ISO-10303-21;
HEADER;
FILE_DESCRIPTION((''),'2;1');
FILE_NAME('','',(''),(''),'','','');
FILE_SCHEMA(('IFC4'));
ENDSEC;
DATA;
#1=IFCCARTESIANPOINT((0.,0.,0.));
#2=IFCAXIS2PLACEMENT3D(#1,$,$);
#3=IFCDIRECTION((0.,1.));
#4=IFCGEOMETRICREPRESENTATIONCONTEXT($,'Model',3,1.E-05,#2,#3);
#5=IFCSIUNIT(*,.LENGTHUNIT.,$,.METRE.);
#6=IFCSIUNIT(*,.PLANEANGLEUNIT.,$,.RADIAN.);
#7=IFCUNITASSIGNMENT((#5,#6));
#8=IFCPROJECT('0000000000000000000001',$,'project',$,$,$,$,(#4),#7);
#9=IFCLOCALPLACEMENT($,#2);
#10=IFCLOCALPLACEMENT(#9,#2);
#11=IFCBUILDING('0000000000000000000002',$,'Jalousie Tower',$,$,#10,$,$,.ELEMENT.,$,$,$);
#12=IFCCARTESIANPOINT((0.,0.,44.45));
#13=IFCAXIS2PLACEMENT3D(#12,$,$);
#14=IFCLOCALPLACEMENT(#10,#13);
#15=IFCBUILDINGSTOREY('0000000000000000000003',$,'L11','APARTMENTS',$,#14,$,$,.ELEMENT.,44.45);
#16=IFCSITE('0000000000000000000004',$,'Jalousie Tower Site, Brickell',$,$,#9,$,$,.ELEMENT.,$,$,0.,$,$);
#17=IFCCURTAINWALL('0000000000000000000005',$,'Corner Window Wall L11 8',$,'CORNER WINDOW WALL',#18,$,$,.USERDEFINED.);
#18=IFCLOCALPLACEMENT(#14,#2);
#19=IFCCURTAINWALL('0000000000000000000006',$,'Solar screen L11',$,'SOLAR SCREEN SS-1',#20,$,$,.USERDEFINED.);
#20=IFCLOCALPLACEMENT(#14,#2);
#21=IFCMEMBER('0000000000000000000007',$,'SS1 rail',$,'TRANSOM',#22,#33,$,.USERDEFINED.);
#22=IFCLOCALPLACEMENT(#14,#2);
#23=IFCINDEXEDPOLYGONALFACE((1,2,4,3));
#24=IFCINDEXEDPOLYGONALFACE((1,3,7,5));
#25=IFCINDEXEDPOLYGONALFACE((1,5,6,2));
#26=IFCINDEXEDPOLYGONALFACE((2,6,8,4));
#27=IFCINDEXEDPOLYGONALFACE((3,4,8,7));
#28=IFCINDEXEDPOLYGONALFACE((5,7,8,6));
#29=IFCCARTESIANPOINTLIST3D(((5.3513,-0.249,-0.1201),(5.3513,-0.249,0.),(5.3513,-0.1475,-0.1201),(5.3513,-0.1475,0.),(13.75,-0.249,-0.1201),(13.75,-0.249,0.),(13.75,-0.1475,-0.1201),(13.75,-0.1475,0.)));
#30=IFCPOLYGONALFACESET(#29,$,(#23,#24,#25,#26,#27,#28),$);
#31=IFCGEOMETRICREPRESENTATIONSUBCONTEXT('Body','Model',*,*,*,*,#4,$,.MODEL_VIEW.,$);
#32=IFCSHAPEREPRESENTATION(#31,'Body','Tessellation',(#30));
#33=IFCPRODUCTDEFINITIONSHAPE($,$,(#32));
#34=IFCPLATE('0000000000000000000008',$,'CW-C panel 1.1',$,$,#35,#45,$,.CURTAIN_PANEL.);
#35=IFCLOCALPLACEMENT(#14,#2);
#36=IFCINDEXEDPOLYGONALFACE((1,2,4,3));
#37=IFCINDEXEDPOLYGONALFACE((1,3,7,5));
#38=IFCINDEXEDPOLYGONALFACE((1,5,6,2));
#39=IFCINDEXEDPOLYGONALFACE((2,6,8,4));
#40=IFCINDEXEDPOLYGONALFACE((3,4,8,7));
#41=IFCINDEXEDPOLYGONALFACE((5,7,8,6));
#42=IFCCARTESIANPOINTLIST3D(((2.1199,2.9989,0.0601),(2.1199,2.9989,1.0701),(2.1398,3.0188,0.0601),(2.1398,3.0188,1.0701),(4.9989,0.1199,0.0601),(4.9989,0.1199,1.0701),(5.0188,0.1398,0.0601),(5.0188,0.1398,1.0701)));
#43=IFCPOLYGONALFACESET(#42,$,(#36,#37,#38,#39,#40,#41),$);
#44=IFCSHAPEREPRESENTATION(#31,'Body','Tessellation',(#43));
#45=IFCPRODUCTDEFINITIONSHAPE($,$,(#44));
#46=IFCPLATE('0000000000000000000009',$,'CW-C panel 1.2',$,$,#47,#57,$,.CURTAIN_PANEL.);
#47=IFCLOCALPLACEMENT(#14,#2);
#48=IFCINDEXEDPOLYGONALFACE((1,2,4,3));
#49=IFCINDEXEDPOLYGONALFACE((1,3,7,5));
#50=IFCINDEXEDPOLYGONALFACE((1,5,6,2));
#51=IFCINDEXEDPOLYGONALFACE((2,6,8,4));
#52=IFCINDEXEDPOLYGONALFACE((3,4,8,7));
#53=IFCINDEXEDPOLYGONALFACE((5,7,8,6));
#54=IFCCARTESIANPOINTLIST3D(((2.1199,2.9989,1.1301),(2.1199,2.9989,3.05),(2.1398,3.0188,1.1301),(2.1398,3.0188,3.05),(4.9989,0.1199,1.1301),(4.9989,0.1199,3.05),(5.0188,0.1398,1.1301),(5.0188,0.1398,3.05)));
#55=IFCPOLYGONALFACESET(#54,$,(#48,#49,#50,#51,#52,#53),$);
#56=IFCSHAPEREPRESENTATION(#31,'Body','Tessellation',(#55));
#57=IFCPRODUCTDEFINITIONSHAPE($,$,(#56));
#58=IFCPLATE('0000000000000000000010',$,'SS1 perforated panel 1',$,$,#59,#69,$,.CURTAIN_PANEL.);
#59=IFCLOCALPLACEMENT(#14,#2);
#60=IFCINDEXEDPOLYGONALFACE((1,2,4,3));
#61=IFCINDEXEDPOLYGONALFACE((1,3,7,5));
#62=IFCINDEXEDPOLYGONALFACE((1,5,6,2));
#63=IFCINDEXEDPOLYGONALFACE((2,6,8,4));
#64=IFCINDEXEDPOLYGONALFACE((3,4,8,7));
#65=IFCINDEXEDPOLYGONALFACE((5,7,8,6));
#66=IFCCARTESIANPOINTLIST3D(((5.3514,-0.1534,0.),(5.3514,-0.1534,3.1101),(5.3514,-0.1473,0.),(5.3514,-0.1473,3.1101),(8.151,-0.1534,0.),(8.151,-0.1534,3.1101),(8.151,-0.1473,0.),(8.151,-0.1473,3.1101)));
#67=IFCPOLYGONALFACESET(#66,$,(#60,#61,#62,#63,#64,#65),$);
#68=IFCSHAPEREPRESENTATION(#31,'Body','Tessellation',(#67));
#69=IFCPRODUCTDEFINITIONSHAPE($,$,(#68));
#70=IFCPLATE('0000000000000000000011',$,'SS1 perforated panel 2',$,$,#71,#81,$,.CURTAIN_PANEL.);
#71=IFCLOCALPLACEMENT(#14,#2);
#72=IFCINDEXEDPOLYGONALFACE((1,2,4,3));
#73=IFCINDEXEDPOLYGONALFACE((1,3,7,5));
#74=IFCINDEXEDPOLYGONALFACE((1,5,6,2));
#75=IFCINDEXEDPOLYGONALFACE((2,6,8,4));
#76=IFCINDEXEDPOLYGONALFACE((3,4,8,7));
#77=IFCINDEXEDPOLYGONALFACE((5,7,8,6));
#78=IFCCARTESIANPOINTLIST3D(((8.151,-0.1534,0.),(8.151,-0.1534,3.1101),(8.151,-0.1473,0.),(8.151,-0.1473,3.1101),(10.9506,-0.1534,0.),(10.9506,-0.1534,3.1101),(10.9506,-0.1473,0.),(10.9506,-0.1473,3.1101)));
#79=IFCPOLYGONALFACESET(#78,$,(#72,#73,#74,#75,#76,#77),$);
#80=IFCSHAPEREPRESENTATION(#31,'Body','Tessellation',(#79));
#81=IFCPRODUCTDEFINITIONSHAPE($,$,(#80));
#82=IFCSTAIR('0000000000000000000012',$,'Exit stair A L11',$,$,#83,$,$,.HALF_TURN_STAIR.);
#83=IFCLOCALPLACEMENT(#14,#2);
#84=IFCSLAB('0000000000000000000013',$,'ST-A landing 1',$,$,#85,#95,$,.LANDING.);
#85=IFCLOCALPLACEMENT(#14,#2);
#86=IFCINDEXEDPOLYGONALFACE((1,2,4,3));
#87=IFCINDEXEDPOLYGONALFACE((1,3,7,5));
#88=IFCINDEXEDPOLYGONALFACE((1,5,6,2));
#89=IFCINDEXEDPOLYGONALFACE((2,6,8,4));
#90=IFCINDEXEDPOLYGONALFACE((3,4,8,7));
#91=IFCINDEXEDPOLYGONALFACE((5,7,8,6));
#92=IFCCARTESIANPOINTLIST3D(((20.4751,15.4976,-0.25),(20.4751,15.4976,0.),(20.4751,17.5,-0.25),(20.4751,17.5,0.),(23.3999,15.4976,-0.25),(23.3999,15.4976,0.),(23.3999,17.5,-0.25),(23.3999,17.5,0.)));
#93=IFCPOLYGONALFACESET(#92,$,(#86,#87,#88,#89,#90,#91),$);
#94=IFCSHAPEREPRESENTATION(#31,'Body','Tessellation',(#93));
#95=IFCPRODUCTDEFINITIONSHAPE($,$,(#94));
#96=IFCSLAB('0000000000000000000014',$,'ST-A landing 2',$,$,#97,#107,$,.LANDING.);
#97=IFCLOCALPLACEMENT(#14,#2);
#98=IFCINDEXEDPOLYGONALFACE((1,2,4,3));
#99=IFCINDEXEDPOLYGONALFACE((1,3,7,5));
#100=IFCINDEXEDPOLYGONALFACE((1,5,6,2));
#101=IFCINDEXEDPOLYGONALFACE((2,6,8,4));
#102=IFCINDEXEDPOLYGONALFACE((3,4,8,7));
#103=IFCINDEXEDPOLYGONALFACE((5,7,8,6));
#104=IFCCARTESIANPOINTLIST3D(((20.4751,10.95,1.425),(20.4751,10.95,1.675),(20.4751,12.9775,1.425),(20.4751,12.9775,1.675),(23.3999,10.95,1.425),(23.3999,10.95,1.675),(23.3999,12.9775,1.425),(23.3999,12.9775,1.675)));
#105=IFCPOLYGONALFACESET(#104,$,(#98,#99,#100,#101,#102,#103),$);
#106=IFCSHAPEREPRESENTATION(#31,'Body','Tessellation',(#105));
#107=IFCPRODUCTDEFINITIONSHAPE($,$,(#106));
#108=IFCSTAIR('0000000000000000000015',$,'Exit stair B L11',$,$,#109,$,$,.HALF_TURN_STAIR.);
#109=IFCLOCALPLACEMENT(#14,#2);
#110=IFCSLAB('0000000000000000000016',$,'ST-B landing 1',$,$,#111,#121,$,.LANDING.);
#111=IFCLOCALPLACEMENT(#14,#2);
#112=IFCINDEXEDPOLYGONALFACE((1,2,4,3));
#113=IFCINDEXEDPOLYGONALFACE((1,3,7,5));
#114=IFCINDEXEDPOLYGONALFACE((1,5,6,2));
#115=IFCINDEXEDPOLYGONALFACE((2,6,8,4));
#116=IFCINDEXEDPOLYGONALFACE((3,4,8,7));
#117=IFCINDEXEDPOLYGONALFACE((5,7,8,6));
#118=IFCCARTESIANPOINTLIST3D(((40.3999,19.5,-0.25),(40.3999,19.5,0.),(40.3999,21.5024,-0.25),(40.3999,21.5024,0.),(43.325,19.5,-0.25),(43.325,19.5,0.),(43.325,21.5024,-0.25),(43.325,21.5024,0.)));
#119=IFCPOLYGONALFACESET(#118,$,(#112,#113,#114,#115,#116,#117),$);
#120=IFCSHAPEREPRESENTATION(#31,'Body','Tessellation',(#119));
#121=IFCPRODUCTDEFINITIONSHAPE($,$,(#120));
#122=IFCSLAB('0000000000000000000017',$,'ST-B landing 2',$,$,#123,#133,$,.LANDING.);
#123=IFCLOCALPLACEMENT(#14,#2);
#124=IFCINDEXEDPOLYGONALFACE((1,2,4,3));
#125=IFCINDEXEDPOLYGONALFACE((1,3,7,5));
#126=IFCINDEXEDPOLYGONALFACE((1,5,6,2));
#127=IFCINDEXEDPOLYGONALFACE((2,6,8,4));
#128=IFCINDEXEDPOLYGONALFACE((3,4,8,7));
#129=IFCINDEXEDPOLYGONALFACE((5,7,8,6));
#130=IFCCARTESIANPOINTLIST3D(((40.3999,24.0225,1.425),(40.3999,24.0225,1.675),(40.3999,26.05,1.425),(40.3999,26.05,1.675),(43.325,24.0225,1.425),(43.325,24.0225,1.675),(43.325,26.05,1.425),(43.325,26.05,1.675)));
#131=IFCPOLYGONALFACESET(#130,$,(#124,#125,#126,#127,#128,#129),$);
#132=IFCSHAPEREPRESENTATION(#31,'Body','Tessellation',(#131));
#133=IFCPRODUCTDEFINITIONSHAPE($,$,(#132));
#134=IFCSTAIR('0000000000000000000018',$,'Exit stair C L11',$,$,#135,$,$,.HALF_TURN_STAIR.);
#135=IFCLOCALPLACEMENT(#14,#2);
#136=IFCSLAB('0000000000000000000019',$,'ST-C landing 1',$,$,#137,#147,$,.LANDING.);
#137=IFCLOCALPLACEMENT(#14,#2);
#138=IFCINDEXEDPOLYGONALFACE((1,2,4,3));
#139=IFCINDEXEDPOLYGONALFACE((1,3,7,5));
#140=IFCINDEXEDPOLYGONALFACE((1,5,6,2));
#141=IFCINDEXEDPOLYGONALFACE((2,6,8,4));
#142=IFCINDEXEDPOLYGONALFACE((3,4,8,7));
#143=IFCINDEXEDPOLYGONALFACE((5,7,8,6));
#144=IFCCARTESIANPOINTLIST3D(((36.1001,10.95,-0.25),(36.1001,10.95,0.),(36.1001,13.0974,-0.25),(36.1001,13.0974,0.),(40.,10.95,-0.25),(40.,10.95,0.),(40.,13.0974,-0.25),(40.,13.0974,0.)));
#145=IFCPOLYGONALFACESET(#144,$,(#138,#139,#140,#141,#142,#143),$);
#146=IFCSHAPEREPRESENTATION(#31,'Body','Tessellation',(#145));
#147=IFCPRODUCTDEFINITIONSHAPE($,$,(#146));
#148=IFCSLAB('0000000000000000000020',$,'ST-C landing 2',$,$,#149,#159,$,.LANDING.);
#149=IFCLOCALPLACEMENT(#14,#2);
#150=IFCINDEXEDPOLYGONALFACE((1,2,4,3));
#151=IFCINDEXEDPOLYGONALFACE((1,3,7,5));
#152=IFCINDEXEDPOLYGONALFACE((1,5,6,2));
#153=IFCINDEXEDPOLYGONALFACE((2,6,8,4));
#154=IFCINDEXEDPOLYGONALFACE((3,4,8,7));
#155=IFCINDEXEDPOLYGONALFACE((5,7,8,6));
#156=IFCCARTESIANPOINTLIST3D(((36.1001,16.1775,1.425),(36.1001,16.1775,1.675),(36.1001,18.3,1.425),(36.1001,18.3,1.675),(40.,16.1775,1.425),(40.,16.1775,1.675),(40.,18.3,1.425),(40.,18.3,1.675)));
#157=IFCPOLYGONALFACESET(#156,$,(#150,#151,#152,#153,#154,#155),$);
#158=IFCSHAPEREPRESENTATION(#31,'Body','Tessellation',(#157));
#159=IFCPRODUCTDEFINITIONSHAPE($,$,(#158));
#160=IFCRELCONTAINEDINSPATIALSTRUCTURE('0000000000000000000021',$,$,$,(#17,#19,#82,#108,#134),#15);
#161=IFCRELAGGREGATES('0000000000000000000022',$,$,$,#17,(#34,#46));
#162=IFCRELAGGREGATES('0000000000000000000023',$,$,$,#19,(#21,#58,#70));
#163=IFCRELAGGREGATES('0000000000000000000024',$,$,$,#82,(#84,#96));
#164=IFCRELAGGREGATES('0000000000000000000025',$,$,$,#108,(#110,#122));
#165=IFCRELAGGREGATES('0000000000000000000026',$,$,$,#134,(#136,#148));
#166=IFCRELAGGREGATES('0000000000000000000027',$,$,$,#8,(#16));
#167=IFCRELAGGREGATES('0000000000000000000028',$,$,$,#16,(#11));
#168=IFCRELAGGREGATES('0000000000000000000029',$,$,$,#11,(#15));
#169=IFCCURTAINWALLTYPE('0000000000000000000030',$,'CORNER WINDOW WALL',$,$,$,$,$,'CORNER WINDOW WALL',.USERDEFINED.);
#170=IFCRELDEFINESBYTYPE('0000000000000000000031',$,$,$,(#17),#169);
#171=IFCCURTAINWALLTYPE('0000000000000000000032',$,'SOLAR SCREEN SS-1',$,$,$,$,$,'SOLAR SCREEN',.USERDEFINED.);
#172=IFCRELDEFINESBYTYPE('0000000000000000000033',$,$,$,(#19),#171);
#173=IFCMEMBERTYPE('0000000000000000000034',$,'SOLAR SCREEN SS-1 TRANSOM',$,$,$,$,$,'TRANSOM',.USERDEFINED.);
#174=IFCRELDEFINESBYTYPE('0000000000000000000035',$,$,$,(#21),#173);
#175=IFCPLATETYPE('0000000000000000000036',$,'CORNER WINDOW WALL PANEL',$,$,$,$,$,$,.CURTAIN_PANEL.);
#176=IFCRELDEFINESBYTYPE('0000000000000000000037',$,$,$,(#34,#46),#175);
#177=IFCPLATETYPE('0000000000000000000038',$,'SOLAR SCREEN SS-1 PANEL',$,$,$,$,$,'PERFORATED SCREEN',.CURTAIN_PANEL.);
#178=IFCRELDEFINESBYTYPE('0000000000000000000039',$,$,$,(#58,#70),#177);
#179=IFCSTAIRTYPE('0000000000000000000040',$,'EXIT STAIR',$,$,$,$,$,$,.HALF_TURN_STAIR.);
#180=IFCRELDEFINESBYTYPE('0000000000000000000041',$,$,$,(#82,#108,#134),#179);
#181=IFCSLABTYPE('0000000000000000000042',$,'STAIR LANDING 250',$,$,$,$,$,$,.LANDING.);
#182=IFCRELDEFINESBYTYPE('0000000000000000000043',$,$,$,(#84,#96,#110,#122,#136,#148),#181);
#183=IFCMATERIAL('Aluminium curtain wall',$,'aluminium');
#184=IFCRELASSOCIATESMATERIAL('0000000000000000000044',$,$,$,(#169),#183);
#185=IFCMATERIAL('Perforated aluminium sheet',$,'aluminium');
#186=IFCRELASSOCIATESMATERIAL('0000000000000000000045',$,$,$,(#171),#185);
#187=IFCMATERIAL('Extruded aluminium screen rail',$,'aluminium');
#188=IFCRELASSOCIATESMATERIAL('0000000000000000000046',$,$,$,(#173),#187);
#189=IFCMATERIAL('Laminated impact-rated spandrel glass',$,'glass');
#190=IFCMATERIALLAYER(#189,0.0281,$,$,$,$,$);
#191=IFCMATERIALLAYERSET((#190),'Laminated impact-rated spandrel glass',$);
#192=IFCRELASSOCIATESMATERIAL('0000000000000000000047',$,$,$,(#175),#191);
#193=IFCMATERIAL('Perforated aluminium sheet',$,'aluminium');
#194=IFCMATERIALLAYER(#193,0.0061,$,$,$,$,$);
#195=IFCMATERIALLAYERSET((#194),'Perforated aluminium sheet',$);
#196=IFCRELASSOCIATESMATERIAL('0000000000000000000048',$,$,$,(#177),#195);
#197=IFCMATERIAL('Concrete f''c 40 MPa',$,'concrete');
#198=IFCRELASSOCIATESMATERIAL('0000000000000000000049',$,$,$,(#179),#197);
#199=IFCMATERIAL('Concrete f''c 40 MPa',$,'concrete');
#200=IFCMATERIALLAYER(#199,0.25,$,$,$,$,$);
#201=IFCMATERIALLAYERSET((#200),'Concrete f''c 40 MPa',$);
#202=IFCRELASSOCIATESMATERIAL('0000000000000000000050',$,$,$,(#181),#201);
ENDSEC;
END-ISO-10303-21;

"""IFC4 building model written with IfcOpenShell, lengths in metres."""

from ifc_helpers import new_model, si_unit, direction, frame, origin, origin_2d, place, context, subcontext, project, spatial, polyline, rectangle, outline, extrude, material, layer, layer_set, material_profile, profile_set, type_object, element, aggregate, save


model = new_model("IFC4")

# Units and contexts
model_context = context("Model", 3, precision=1e-05, world=origin(), true_north=direction((0.0, 1.0)))
body_context = subcontext(model_context, "Body", "Model", "MODEL_VIEW")
ifc_project = project(units=[si_unit("LENGTHUNIT", "METRE"), si_unit("PLANEANGLEUNIT", "RADIAN")], contexts=[model_context])

# Site, building, storey
site_placement = place(None, origin())
site = spatial("IfcSite", under=ifc_project, at=site_placement, Name="Jalousie Tower Site, Brickell", CompositionType="ELEMENT", RefElevation=0.0)
building_placement = place(site_placement, origin())
building = spatial("IfcBuilding", under=site, at=building_placement, Name="Jalousie Tower", CompositionType="ELEMENT")
storey_placement = place(building_placement, frame((0.0, 0.0, 44.45)))
storey = spatial("IfcBuildingStorey", under=building, at=storey_placement, Name="L11", Description="APARTMENTS", CompositionType="ELEMENT", Elevation=44.45)

# Curtain wall
ifc_material_1 = material(Name="Aluminium curtain wall", Category="aluminium")
curtain_wall_type_1 = type_object("IfcCurtainWallType", Name="CORNER WINDOW WALL", ElementType="CORNER WINDOW WALL", PredefinedType="USERDEFINED", material=ifc_material_1)
curtain_wall_1_placement = place(storey_placement, origin())
curtain_wall_1 = element("IfcCurtainWall", 1, at=curtain_wall_1_placement, inside=storey, type_object=curtain_wall_type_1, Name="Corner Window Wall L11 8", ObjectType="CORNER WINDOW WALL", PredefinedType="USERDEFINED")

# Curtain wall, member
ifc_material_2 = material(Name="Perforated aluminium sheet", Category="aluminium")
curtain_wall_type_2 = type_object("IfcCurtainWallType", Name="SOLAR SCREEN SS-1", ElementType="SOLAR SCREEN", PredefinedType="USERDEFINED", material=ifc_material_2)
curtain_wall_2_placement = place(storey_placement, origin())
curtain_wall_2 = element("IfcCurtainWall", 2, at=curtain_wall_2_placement, inside=storey, type_object=curtain_wall_type_2, Name="Solar screen L11", ObjectType="SOLAR SCREEN SS-1", PredefinedType="USERDEFINED")
ifc_material_3 = material(Name="Extruded aluminium screen rail", Category="aluminium")
ifc_material_profile_1 = material_profile(ifc_material_3, rectangle(XDim=0.1016, YDim=0.1201, at=origin_2d()), Name="RAIL 102x120")
ifc_profile_set_1 = profile_set([ifc_material_profile_1], Name="Extruded aluminium screen rail")
member_type_1 = type_object("IfcMemberType", Name="SOLAR SCREEN SS-1 TRANSOM", ElementType="TRANSOM", PredefinedType="USERDEFINED", material=ifc_profile_set_1)
member_1_placement = place(storey_placement, frame((5.3513, -0.1982, -0.0601), z_axis=(1.0, 0.0, 0.0), x_axis=(0.0, 1.0, 0.0)))
member_1 = element("IfcMember", 3, at=member_1_placement, type_object=member_type_1, Name="SS1 rail", ObjectType="TRANSOM", PredefinedType="USERDEFINED", context=body_context, shape_type="SweptSolid", body=[
    extrude(rectangle(XDim=0.1016, YDim=0.1201, at=origin_2d()), origin(), (0.0, 0.0, 1.0), 8.3987),
])

# Plates
ifc_material_4 = material(Name="Laminated impact-rated spandrel glass", Category="glass")
ifc_layer_1 = layer(ifc_material_4, 0.0281)
ifc_layer_set_1 = layer_set([ifc_layer_1], Name="Laminated impact-rated spandrel glass")
plate_type_1 = type_object("IfcPlateType", Name="CORNER WINDOW WALL PANEL", PredefinedType="CURTAIN_PANEL", material=ifc_layer_set_1)
plate_1_placement = place(storey_placement, frame((3.5693, 1.5693, 0.0601), z_axis=(0.0, 0.0, 1.0), x_axis=(0.707107, -0.707107, 0.0)))
plate_1 = element("IfcPlate", 4, at=plate_1_placement, type_object=plate_type_1, Name="CW-C panel 1.1", PredefinedType="CURTAIN_PANEL", context=body_context, shape_type="SweptSolid", body=[
    extrude(rectangle(XDim=4.0715, YDim=0.0281, at=origin_2d()), origin(), (0.0, 0.0, 1.0), 1.01),
])
plate_2_placement = place(storey_placement, frame((3.5693, 1.5693, 1.1301), z_axis=(0.0, 0.0, 1.0), x_axis=(0.707107, -0.707107, 0.0)))
plate_2 = element("IfcPlate", 5, at=plate_2_placement, type_object=plate_type_1, Name="CW-C panel 1.2", PredefinedType="CURTAIN_PANEL", context=body_context, shape_type="SweptSolid", body=[
    extrude(rectangle(XDim=4.0715, YDim=0.0281, at=origin_2d()), origin(), (0.0, 0.0, 1.0), 1.9199),
])
aggregate(curtain_wall_1, [plate_1, plate_2])

# Plates
ifc_material_5 = material(Name="Perforated aluminium sheet", Category="aluminium")
ifc_layer_2 = layer(ifc_material_5, 0.0061)
ifc_layer_set_2 = layer_set([ifc_layer_2], Name="Perforated aluminium sheet")
plate_type_2 = type_object("IfcPlateType", Name="SOLAR SCREEN SS-1 PANEL", ElementType="PERFORATED SCREEN", PredefinedType="CURTAIN_PANEL", material=ifc_layer_set_2)
plate_3_placement = place(storey_placement, frame((6.7512, -0.1504, 0.0), z_axis=(0.0, 0.0, 1.0), x_axis=(1.0, 0.0, 0.0)))
plate_3 = element("IfcPlate", 6, at=plate_3_placement, type_object=plate_type_2, Name="SS1 perforated panel 1", PredefinedType="CURTAIN_PANEL", context=body_context, shape_type="SweptSolid", body=[
    extrude(rectangle(XDim=2.7996, YDim=0.0061, at=origin_2d()), origin(), (0.0, 0.0, 1.0), 3.1101),
])
plate_4_placement = place(storey_placement, frame((9.5508, -0.1504, 0.0), z_axis=(0.0, 0.0, 1.0), x_axis=(1.0, 0.0, 0.0)))
plate_4 = element("IfcPlate", 7, at=plate_4_placement, type_object=plate_type_2, Name="SS1 perforated panel 2", PredefinedType="CURTAIN_PANEL", context=body_context, shape_type="SweptSolid", body=[
    extrude(rectangle(XDim=2.7996, YDim=0.0061, at=origin_2d()), origin(), (0.0, 0.0, 1.0), 3.1101),
])
aggregate(curtain_wall_2, [member_1, plate_3, plate_4])

# Stairs, slabs
ifc_material_6 = material(Name="Concrete f'c 40 MPa", Category="concrete")
stair_type = type_object("IfcStairType", Name="EXIT STAIR", PredefinedType="HALF_TURN_STAIR", material=ifc_material_6)
stair_1_placement = place(storey_placement, origin())
stair_1 = element("IfcStair", 8, at=stair_1_placement, inside=storey, type_object=stair_type, Name="Exit stair A L11", PredefinedType="HALF_TURN_STAIR")
ifc_material_7 = material(Name="Concrete f'c 40 MPa", Category="concrete")
ifc_layer_3 = layer(ifc_material_7, 0.25)
ifc_layer_set_3 = layer_set([ifc_layer_3], Name="Concrete f'c 40 MPa")
slab_type_1 = type_object("IfcSlabType", Name="STAIR LANDING 250", PredefinedType="LANDING", material=ifc_layer_set_3)
slab_1_placement = place(storey_placement, frame((0.0, 0.0, -0.25)))
slab_1 = element("IfcSlab", 9, at=slab_1_placement, type_object=slab_type_1, Name="ST-A landing 1", PredefinedType="LANDING", context=body_context, shape_type="SweptSolid", body=[
    extrude(outline(polyline([(20.4751, 15.4976), (23.3999, 15.4976), (23.3999, 17.5), (20.4751, 17.5), (20.4751, 15.4976)])), origin(), (0.0, 0.0, 1.0), 0.25),
])
slab_2_placement = place(storey_placement, frame((0.0, 0.0, 1.425)))
slab_2 = element("IfcSlab", 10, at=slab_2_placement, type_object=slab_type_1, Name="ST-A landing 2", PredefinedType="LANDING", context=body_context, shape_type="SweptSolid", body=[
    extrude(outline(polyline([(20.4751, 10.95), (23.3999, 10.95), (23.3999, 12.9775), (20.4751, 12.9775), (20.4751, 10.95)])), origin(), (0.0, 0.0, 1.0), 0.25),
])
aggregate(stair_1, [slab_1, slab_2])
stair_2_placement = place(storey_placement, origin())
stair_2 = element("IfcStair", 11, at=stair_2_placement, inside=storey, type_object=stair_type, Name="Exit stair B L11", PredefinedType="HALF_TURN_STAIR")
slab_3_placement = place(storey_placement, frame((0.0, 0.0, -0.25)))
slab_3 = element("IfcSlab", 12, at=slab_3_placement, type_object=slab_type_1, Name="ST-B landing 1", PredefinedType="LANDING", context=body_context, shape_type="SweptSolid", body=[
    extrude(outline(polyline([(40.3999, 19.5), (43.325, 19.5), (43.325, 21.5024), (40.3999, 21.5024), (40.3999, 19.5)])), origin(), (0.0, 0.0, 1.0), 0.25),
])
slab_4_placement = place(storey_placement, frame((0.0, 0.0, 1.425)))
slab_4 = element("IfcSlab", 13, at=slab_4_placement, type_object=slab_type_1, Name="ST-B landing 2", PredefinedType="LANDING", context=body_context, shape_type="SweptSolid", body=[
    extrude(outline(polyline([(40.3999, 24.0225), (43.325, 24.0225), (43.325, 26.05), (40.3999, 26.05), (40.3999, 24.0225)])), origin(), (0.0, 0.0, 1.0), 0.25),
])
aggregate(stair_2, [slab_3, slab_4])
stair_3_placement = place(storey_placement, origin())
stair_3 = element("IfcStair", 14, at=stair_3_placement, inside=storey, type_object=stair_type, Name="Exit stair C L11", PredefinedType="HALF_TURN_STAIR")
slab_5_placement = place(storey_placement, frame((0.0, 0.0, -0.25)))
slab_5 = element("IfcSlab", 15, at=slab_5_placement, type_object=slab_type_1, Name="ST-C landing 1", PredefinedType="LANDING", context=body_context, shape_type="SweptSolid", body=[
    extrude(outline(polyline([(36.1001, 10.95), (40.0, 10.95), (40.0, 13.0974), (36.1001, 13.0974), (36.1001, 10.95)])), origin(), (0.0, 0.0, 1.0), 0.25),
])
slab_6_placement = place(storey_placement, frame((0.0, 0.0, 1.425)))
slab_6 = element("IfcSlab", 16, at=slab_6_placement, type_object=slab_type_1, Name="ST-C landing 2", PredefinedType="LANDING", context=body_context, shape_type="SweptSolid", body=[
    extrude(outline(polyline([(36.1001, 16.1775), (40.0, 16.1775), (40.0, 18.3), (36.1001, 18.3), (36.1001, 16.1775)])), origin(), (0.0, 0.0, 1.0), 0.25),
])
aggregate(stair_3, [slab_5, slab_6])

save(model, "model.ifc")
